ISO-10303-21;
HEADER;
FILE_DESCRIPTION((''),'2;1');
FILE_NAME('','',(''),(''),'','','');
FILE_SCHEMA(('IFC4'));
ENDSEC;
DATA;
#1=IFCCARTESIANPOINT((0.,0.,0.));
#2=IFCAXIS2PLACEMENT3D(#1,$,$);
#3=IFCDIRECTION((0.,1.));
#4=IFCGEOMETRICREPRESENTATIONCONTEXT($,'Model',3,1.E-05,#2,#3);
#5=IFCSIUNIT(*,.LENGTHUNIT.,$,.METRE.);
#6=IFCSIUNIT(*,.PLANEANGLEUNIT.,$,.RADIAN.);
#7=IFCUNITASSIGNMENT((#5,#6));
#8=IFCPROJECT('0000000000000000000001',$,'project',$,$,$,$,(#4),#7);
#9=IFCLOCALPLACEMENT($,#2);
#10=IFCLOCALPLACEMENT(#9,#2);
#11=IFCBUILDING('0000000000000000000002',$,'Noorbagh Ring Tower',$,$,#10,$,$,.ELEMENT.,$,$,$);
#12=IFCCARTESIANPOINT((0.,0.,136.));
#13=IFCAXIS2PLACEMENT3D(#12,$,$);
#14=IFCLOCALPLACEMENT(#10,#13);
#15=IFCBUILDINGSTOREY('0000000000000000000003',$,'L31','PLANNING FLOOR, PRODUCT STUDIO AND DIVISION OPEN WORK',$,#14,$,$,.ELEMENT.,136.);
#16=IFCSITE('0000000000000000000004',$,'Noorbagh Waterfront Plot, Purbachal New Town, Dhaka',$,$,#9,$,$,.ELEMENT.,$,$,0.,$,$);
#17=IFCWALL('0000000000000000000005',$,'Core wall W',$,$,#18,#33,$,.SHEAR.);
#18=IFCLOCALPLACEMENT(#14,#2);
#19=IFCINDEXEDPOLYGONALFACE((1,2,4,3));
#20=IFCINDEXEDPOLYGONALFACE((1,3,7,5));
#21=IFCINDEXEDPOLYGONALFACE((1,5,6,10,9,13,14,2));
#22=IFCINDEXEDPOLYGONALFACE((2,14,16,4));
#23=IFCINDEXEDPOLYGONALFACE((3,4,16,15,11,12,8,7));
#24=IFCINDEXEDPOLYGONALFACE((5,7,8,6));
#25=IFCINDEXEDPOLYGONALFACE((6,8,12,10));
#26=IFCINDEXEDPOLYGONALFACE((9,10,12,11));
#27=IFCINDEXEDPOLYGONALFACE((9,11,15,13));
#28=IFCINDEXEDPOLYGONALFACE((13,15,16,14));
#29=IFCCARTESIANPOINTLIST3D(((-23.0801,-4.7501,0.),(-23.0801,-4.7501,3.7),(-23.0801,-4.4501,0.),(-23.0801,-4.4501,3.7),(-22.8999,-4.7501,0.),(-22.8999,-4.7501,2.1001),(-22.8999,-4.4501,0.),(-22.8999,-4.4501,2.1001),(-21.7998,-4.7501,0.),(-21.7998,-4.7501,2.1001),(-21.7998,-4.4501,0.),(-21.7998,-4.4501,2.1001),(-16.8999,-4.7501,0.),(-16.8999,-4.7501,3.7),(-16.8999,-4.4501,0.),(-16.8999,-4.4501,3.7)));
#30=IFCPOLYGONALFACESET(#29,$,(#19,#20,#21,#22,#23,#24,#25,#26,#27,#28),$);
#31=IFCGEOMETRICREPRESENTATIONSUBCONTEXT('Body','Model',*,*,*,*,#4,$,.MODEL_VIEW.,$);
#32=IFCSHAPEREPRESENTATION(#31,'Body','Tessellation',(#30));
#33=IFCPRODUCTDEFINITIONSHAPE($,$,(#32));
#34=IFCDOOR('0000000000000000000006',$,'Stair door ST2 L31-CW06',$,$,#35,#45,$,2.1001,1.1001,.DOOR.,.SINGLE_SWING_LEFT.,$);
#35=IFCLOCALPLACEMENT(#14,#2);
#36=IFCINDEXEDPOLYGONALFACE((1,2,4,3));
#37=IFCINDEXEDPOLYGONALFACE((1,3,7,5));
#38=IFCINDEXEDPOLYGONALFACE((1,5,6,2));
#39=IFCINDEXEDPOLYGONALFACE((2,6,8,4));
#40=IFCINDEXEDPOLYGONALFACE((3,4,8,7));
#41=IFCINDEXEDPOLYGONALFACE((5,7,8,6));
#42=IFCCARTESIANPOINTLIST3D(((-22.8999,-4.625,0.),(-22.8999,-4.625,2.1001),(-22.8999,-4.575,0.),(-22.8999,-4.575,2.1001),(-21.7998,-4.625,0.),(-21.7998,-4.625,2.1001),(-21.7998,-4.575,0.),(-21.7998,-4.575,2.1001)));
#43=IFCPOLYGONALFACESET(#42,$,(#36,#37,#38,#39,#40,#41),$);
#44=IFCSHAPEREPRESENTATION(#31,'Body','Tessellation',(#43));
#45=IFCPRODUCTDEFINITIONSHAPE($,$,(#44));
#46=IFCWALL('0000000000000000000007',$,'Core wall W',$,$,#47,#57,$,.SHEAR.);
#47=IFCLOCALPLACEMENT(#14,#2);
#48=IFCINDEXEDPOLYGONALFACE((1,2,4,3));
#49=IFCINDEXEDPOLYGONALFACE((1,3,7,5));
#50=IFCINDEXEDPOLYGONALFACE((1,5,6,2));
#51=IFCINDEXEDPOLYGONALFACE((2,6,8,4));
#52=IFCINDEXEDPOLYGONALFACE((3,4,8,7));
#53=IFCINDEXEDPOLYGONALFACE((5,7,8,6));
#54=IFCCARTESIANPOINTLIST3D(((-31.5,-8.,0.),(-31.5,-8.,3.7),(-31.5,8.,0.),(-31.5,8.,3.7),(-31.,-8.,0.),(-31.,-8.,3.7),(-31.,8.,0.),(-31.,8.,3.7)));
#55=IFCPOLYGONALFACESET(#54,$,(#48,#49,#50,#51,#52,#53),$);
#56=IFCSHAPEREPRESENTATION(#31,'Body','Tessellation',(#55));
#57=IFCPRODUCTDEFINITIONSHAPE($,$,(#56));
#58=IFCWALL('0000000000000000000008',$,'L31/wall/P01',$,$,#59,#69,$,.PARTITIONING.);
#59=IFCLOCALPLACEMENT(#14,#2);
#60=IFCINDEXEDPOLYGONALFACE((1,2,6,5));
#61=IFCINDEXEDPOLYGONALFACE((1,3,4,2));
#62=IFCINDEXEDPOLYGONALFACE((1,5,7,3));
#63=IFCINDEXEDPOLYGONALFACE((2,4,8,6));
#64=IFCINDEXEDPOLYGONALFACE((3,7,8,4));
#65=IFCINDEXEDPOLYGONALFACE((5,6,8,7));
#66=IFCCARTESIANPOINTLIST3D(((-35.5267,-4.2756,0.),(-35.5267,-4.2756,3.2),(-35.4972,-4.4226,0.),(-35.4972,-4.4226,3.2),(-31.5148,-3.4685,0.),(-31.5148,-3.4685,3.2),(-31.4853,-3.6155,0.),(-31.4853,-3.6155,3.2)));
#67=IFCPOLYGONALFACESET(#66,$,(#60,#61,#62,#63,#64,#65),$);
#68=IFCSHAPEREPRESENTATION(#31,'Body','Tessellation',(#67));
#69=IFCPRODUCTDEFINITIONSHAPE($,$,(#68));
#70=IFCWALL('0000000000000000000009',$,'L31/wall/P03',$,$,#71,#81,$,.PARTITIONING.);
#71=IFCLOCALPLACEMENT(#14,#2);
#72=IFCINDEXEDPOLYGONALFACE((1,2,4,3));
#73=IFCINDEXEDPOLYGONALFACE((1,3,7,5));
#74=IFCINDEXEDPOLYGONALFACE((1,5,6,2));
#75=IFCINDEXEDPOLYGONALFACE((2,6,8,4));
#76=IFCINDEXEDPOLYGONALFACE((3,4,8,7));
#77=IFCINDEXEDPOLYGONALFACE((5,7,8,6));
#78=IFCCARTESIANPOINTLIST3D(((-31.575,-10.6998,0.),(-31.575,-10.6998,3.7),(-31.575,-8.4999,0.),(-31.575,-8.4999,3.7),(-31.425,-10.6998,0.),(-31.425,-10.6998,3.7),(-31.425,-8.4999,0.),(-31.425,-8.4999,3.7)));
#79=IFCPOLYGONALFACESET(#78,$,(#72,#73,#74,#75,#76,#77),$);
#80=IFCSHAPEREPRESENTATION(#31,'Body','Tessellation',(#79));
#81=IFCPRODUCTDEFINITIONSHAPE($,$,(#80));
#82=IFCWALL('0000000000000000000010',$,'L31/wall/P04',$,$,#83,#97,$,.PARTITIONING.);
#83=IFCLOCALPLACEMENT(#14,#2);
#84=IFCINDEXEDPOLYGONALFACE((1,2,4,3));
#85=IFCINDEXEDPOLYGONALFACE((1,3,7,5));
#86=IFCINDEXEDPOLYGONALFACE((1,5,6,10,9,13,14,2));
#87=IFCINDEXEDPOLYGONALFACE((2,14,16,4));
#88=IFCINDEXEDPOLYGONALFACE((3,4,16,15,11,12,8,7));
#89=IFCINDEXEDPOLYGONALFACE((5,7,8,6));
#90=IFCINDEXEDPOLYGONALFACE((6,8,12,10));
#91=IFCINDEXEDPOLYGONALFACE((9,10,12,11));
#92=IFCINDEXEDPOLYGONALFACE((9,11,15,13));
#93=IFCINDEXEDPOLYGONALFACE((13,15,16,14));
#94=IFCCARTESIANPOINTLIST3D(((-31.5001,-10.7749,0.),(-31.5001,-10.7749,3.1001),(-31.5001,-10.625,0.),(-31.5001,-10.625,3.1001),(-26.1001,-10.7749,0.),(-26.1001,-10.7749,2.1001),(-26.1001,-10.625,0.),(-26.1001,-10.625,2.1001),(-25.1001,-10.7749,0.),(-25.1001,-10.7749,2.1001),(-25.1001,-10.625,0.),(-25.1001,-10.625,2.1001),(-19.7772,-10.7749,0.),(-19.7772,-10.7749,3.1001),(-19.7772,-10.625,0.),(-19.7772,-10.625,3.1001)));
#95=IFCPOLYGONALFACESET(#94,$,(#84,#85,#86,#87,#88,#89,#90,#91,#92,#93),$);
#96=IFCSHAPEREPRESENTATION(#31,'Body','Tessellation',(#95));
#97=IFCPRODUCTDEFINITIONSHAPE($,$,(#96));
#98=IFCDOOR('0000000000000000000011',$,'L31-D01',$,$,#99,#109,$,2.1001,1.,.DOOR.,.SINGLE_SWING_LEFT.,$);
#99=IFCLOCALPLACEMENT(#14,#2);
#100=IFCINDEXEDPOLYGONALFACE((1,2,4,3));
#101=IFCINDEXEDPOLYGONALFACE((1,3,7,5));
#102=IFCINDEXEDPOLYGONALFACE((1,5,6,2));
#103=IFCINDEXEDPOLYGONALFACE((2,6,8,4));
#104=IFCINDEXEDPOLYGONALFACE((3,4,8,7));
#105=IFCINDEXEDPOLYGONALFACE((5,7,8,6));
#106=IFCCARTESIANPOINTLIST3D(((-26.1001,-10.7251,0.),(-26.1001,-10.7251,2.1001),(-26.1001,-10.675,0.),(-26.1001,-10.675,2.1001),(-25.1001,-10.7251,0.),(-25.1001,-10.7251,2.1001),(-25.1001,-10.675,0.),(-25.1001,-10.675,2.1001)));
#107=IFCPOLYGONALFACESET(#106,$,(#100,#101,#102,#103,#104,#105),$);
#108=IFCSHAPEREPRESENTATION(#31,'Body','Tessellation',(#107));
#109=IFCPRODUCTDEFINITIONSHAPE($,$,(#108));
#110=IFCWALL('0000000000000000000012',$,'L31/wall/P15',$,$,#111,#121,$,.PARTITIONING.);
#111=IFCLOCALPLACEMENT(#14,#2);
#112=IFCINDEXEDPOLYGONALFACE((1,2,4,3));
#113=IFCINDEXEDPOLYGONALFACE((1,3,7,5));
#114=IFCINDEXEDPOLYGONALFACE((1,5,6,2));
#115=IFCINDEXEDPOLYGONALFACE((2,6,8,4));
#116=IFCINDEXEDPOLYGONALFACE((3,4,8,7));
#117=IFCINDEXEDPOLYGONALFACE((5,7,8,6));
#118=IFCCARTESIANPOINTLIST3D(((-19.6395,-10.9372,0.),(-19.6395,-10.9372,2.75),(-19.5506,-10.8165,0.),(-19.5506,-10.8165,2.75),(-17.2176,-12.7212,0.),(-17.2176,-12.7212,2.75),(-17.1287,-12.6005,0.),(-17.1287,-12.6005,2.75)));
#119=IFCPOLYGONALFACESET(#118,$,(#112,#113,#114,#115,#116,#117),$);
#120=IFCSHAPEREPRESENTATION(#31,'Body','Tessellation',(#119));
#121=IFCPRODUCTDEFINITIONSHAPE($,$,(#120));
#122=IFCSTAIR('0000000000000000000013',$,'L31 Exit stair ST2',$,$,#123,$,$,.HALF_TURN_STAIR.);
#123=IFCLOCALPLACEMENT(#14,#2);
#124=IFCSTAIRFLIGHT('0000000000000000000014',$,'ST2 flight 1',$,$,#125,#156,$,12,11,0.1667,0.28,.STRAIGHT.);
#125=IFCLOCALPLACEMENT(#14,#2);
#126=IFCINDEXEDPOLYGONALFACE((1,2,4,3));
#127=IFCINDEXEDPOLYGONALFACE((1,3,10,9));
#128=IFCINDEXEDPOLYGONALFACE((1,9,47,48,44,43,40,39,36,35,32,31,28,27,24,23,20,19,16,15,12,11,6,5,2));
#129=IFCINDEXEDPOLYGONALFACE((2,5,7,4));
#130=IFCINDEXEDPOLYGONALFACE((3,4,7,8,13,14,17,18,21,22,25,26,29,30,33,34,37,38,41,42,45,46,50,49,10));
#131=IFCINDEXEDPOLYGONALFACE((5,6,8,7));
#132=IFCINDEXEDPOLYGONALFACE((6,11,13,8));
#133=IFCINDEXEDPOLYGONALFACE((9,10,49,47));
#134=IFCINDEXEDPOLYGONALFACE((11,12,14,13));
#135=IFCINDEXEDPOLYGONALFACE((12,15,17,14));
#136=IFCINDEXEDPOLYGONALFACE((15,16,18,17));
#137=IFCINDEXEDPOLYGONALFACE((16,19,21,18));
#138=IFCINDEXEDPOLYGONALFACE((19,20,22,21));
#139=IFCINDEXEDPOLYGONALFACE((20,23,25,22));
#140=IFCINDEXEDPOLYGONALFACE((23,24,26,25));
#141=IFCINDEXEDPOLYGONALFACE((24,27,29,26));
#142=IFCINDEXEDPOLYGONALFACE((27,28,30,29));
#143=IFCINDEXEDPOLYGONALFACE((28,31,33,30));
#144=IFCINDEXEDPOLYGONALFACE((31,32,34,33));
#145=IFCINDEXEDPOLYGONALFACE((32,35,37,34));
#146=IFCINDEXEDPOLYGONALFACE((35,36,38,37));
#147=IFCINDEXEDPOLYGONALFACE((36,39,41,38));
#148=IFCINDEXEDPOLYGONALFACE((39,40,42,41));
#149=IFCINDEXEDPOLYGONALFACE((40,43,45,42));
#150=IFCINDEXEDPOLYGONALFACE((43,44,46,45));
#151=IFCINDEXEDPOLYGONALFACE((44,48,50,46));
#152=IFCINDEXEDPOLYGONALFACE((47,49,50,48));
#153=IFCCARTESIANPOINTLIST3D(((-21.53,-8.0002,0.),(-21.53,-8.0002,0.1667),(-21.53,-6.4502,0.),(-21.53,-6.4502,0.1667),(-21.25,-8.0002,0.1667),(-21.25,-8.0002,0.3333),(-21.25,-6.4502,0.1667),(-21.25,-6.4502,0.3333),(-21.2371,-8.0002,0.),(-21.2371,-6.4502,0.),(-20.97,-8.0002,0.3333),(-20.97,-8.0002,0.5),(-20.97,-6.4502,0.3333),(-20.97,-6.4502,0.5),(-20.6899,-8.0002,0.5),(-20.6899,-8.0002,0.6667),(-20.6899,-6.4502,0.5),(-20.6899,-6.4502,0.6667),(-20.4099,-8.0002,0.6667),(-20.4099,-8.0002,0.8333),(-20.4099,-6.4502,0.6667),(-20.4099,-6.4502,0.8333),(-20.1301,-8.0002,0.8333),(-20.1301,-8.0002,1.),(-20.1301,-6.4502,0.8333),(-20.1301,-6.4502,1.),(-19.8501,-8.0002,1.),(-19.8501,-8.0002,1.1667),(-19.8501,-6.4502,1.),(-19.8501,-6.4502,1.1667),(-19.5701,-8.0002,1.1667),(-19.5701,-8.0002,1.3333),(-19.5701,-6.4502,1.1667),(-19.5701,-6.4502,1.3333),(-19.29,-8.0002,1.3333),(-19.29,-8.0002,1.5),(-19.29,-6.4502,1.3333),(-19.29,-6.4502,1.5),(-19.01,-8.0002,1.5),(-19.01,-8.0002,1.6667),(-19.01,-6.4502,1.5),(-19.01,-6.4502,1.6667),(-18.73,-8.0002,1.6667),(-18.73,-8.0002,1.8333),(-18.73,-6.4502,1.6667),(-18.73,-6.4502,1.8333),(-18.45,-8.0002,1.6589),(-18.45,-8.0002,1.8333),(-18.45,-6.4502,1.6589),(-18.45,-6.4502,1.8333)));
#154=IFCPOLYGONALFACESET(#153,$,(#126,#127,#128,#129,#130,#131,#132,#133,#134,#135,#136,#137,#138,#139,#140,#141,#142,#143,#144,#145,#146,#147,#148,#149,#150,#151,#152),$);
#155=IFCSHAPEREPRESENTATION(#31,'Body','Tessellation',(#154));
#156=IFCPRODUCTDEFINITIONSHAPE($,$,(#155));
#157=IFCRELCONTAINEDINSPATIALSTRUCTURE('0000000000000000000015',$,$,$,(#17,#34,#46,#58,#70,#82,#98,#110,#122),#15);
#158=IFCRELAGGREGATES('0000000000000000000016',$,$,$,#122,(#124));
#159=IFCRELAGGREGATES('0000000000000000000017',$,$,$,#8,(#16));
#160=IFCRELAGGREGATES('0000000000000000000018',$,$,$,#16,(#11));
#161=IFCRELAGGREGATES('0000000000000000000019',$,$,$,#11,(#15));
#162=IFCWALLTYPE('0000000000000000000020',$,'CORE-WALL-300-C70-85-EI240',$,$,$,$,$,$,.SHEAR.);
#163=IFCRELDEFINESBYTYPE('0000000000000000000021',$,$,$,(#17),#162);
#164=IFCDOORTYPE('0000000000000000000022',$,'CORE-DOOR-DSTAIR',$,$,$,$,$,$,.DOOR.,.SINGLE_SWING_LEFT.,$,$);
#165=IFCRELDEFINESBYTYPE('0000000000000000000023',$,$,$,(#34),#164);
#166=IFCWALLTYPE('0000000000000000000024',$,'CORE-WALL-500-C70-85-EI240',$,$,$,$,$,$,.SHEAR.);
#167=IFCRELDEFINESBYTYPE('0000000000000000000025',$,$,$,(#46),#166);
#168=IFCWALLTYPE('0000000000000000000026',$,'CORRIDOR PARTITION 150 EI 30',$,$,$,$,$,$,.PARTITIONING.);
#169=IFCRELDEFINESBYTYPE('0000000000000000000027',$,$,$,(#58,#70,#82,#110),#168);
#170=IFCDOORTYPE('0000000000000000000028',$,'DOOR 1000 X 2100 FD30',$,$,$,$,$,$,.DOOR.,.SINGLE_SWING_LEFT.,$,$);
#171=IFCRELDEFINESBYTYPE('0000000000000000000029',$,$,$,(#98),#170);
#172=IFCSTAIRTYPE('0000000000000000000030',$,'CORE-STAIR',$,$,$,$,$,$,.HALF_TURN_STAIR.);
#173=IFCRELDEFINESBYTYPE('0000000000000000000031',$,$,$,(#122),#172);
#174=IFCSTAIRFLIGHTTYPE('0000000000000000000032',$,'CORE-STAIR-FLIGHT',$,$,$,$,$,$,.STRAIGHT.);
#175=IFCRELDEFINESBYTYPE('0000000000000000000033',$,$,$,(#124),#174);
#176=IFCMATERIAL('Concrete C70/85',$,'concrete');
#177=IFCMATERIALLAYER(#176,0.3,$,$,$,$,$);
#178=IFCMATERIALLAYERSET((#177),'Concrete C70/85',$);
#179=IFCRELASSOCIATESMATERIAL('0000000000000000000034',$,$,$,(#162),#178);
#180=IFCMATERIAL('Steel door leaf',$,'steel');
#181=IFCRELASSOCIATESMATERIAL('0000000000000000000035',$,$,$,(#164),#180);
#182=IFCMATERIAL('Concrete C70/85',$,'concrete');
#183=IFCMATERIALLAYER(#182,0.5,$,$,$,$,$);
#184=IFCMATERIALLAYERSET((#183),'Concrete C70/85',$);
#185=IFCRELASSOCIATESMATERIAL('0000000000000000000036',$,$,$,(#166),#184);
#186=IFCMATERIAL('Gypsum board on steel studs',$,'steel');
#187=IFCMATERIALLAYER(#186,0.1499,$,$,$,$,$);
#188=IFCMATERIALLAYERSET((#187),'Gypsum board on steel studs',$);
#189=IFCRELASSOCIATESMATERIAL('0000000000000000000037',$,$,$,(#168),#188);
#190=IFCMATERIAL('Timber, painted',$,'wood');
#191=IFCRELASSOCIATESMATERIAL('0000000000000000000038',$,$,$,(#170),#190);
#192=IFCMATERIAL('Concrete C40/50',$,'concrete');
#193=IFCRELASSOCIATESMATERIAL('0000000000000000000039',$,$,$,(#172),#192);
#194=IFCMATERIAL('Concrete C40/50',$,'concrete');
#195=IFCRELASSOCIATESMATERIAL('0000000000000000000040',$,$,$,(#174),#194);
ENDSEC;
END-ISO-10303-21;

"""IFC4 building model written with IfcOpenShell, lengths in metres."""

from ifc_helpers import new_model, si_unit, direction, frame, frame_2d, origin, place, context, subcontext, project, spatial, polyline, rectangle, outline, extrude, material, layer, layer_set, type_object, element, fill, aggregate, save


model = new_model("IFC4")

# Units and contexts
model_context = context("Model", 3, precision=1e-05, world=origin(), true_north=direction((0.0, 1.0)))
body_context = subcontext(model_context, "Body", "Model", "MODEL_VIEW")
ifc_project = project(units=[si_unit("LENGTHUNIT", "METRE"), si_unit("PLANEANGLEUNIT", "RADIAN")], contexts=[model_context])

# Site, building, storey
site_placement = place(None, origin())
site = spatial("IfcSite", under=ifc_project, at=site_placement, Name="Noorbagh Waterfront Plot, Purbachal New Town, Dhaka", CompositionType="ELEMENT", RefElevation=0.0)
building_placement = place(site_placement, origin())
building = spatial("IfcBuilding", under=site, at=building_placement, Name="Noorbagh Ring Tower", CompositionType="ELEMENT")
storey_placement = place(building_placement, frame((0.0, 0.0, 136.0)))
storey = spatial("IfcBuildingStorey", under=building, at=storey_placement, Name="L31", Description="PLANNING FLOOR, PRODUCT STUDIO AND DIVISION OPEN WORK", CompositionType="ELEMENT", Elevation=136.0)

# Shared definitions
ifc_material_1 = material(Name="Concrete C70/85", Category="concrete")
ifc_layer_1 = layer(ifc_material_1, 0.3)
ifc_layer_set_1 = layer_set([ifc_layer_1], Name="Concrete C70/85")
wall_type_1 = type_object("IfcWallType", Name="CORE-WALL-300-C70-85-EI240", PredefinedType="SHEAR", material=ifc_layer_set_1)

# Wall, opening, door
wall_1_placement = place(storey_placement, frame((-16.8999, -4.6001, 0.0), z_axis=(0.0, 0.0, 1.0), x_axis=(-1.0, 0.0, 0.0)))
wall_1 = element("IfcWall", 1, at=wall_1_placement, inside=storey, type_object=wall_type_1, Name="Core wall W", PredefinedType="SHEAR", context=body_context, shape_type="SweptSolid", body=[
    extrude(rectangle(XDim=6.1802, YDim=0.3, at=frame_2d((3.0901, 0.0))), origin(), (0.0, 0.0, 1.0), 3.7),
])
opening_1_placement = place(wall_1_placement, frame((4.8999, 0.0, 0.0)))
opening_1 = element("IfcOpeningElement", 2, at=opening_1_placement, cuts=wall_1, PredefinedType="OPENING", context=body_context, shape_type="SweptSolid", body=[
    extrude(rectangle(XDim=1.1001, YDim=2.1001, at=frame_2d((0.55, 1.05))), frame((0.0, 0.1602, 0.0), z_axis=(0.0, -1.0, 0.0), x_axis=(1.0, 0.0, 0.0)), (0.0, 0.0, 1.0), 0.3201),
])
ifc_material_2 = material(Name="Steel door leaf", Category="steel")
door_type_1 = type_object("IfcDoorType", Name="CORE-DOOR-DSTAIR", OperationType="SINGLE_SWING_LEFT", PredefinedType="DOOR", material=ifc_material_2)
door_1_placement = place(opening_1_placement, origin())
door_1 = element("IfcDoor", 3, at=door_1_placement, inside=storey, type_object=door_type_1, Name="Stair door ST2 L31-CW06", OperationType="SINGLE_SWING_LEFT", OverallHeight=2.1001, OverallWidth=1.1001, PredefinedType="DOOR", context=body_context, shape_type="SweptSolid", body=[
    extrude(rectangle(XDim=1.1001, YDim=2.1001, at=frame_2d((0.55, 1.05))), frame((0.0, 0.0249, 0.0), z_axis=(0.0, -1.0, 0.0), x_axis=(1.0, 0.0, 0.0)), (0.0, 0.0, 1.0), 0.05),
])
fill(opening_1, door_1)

# Walls
ifc_material_3 = material(Name="Concrete C70/85", Category="concrete")
ifc_layer_2 = layer(ifc_material_3, 0.5)
ifc_layer_set_2 = layer_set([ifc_layer_2], Name="Concrete C70/85")
wall_type_2 = type_object("IfcWallType", Name="CORE-WALL-500-C70-85-EI240", PredefinedType="SHEAR", material=ifc_layer_set_2)
wall_2_placement = place(storey_placement, frame((-31.25, -8.0, 0.0), z_axis=(0.0, 0.0, 1.0), x_axis=(0.0, 1.0, 0.0)))
element("IfcWall", 4, at=wall_2_placement, inside=storey, type_object=wall_type_2, Name="Core wall W", PredefinedType="SHEAR", context=body_context, shape_type="SweptSolid", body=[
    extrude(rectangle(XDim=16.0, YDim=0.5, at=frame_2d((8.0, 0.0))), origin(), (0.0, 0.0, 1.0), 3.7),
])
ifc_material_4 = material(Name="Gypsum board on steel studs", Category="steel")
ifc_layer_3 = layer(ifc_material_4, 0.1499)
ifc_layer_set_3 = layer_set([ifc_layer_3], Name="Gypsum board on steel studs")
wall_type_3 = type_object("IfcWallType", Name="CORRIDOR PARTITION 150 EI 30", PredefinedType="PARTITIONING", material=ifc_layer_set_3)
wall_3_placement = place(storey_placement, frame((-35.512, -4.3491, 0.0), z_axis=(0.0, 0.0, 1.0), x_axis=(0.980357, 0.197229, 0.0)))
element("IfcWall", 5, at=wall_3_placement, inside=storey, type_object=wall_type_3, Name="L31/wall/P01", PredefinedType="PARTITIONING", context=body_context, shape_type="SweptSolid", body=[
    extrude(rectangle(XDim=4.0923, YDim=0.1499, at=frame_2d((2.0461, 0.0))), origin(), (0.0, 0.0, 1.0), 3.2),
])
wall_4_placement = place(storey_placement, frame((-31.5, -10.7, 0.0), z_axis=(0.0, 0.0, 1.0), x_axis=(0.0, 1.0, 0.0)))
element("IfcWall", 6, at=wall_4_placement, inside=storey, type_object=wall_type_3, Name="L31/wall/P03", PredefinedType="PARTITIONING", context=body_context, shape_type="SweptSolid", body=[
    extrude(rectangle(XDim=2.2, YDim=0.1499, at=frame_2d((1.1001, 0.0))), origin(), (0.0, 0.0, 1.0), 3.7),
])

# Wall, opening, door
wall_5_placement = place(storey_placement, frame((-31.5, -10.7, 0.0), z_axis=(0.0, 0.0, 1.0), x_axis=(1.0, 0.0, 0.0)))
wall_5 = element("IfcWall", 7, at=wall_5_placement, inside=storey, type_object=wall_type_3, Name="L31/wall/P04", PredefinedType="PARTITIONING", context=body_context, shape_type="SweptSolid", body=[
    extrude(rectangle(XDim=11.7229, YDim=0.1499, at=frame_2d((5.8613, 0.0))), origin(), (0.0, 0.0, 1.0), 3.1001),
])
opening_2_placement = place(wall_5_placement, frame((5.3999, 0.0, 0.0)))
opening_2 = element("IfcOpeningElement", 8, at=opening_2_placement, cuts=wall_5, PredefinedType="OPENING", context=body_context, shape_type="SweptSolid", body=[
    extrude(rectangle(XDim=1.0, YDim=2.1001, at=frame_2d((0.5, 1.05))), frame((0.0, 0.085, 0.0), z_axis=(0.0, -1.0, 0.0), x_axis=(1.0, 0.0, 0.0)), (0.0, 0.0, 1.0), 0.1699),
])
ifc_material_5 = material(Name="Timber, painted", Category="wood")
door_type_2 = type_object("IfcDoorType", Name="DOOR 1000 X 2100 FD30", OperationType="SINGLE_SWING_LEFT", PredefinedType="DOOR", material=ifc_material_5)
door_2_placement = place(opening_2_placement, origin())
door_2 = element("IfcDoor", 9, at=door_2_placement, inside=storey, type_object=door_type_2, Name="L31-D01", OperationType="SINGLE_SWING_LEFT", OverallHeight=2.1001, OverallWidth=1.0, PredefinedType="DOOR", context=body_context, shape_type="SweptSolid", body=[
    extrude(rectangle(XDim=1.0, YDim=2.1001, at=frame_2d((0.5, 1.05))), frame((0.0, 0.0249, 0.0), z_axis=(0.0, -1.0, 0.0), x_axis=(1.0, 0.0, 0.0)), (0.0, 0.0, 1.0), 0.05),
])
fill(opening_2, door_2)

# Wall
wall_6_placement = place(storey_placement, frame((-19.595, -10.877, 0.0), z_axis=(0.0, 0.0, 1.0), x_axis=(0.805152, -0.593069, 0.0)))
element("IfcWall", 10, at=wall_6_placement, inside=storey, type_object=wall_type_3, Name="L31/wall/P15", PredefinedType="PARTITIONING", context=body_context, shape_type="SweptSolid", body=[
    extrude(rectangle(XDim=3.0081, YDim=0.1499, at=frame_2d((1.5039, 0.0))), origin(), (0.0, 0.0, 1.0), 2.75),
])

# Stair, stair flight
ifc_material_6 = material(Name="Concrete C40/50", Category="concrete")
stair_type = type_object("IfcStairType", Name="CORE-STAIR", PredefinedType="HALF_TURN_STAIR", material=ifc_material_6)
stair_placement = place(storey_placement, origin())
stair = element("IfcStair", 11, at=stair_placement, inside=storey, type_object=stair_type, Name="L31 Exit stair ST2", PredefinedType="HALF_TURN_STAIR")
ifc_material_7 = material(Name="Concrete C40/50", Category="concrete")
stair_flight_type = type_object("IfcStairFlightType", Name="CORE-STAIR-FLIGHT", PredefinedType="STRAIGHT", material=ifc_material_7)
stair_flight_1_placement = place(storey_placement, frame((-21.53, -7.2251, 0.0), z_axis=(0.0, 0.0, 1.0), x_axis=(1.0, 0.0, 0.0)))
stair_flight_1 = element("IfcStairFlight", 12, at=stair_flight_1_placement, type_object=stair_flight_type, Name="ST2 flight 1", NumberOfRisers=12, NumberOfTreads=11, PredefinedType="STRAIGHT", RiserHeight=0.1667, TreadLength=0.28, context=body_context, shape_type="SweptSolid", body=[
    extrude(outline(polyline([(0.0, 0.0), (0.0, 0.1667), (0.28, 0.1667), (0.28, 0.3333), (0.5601, 0.3333), (0.5601, 0.5), (0.8401, 0.5), (0.8401, 0.6667), (1.1201, 0.6667), (1.1201, 0.8333), (1.3999, 0.8333), (1.3999, 1.0), (1.6799, 1.0), (1.6799, 1.1667), (1.96, 1.1667), (1.96, 1.3333), (2.24, 1.3333), (2.24, 1.5), (2.52, 1.5), (2.52, 1.6667), (2.8, 1.6667), (2.8, 1.8333), (3.0801, 1.8333), (3.0801, 2.0), (3.0801, 1.6589), (0.293, 0.0), (0.0, 0.0)])), frame((0.0, 0.7749, 0.0), z_axis=(0.0, -1.0, 0.0), x_axis=(1.0, 0.0, 0.0)), (0.0, 0.0, 1.0), 1.55),
])
aggregate(stair, [stair_flight_1])

save(model, "model.ifc")
